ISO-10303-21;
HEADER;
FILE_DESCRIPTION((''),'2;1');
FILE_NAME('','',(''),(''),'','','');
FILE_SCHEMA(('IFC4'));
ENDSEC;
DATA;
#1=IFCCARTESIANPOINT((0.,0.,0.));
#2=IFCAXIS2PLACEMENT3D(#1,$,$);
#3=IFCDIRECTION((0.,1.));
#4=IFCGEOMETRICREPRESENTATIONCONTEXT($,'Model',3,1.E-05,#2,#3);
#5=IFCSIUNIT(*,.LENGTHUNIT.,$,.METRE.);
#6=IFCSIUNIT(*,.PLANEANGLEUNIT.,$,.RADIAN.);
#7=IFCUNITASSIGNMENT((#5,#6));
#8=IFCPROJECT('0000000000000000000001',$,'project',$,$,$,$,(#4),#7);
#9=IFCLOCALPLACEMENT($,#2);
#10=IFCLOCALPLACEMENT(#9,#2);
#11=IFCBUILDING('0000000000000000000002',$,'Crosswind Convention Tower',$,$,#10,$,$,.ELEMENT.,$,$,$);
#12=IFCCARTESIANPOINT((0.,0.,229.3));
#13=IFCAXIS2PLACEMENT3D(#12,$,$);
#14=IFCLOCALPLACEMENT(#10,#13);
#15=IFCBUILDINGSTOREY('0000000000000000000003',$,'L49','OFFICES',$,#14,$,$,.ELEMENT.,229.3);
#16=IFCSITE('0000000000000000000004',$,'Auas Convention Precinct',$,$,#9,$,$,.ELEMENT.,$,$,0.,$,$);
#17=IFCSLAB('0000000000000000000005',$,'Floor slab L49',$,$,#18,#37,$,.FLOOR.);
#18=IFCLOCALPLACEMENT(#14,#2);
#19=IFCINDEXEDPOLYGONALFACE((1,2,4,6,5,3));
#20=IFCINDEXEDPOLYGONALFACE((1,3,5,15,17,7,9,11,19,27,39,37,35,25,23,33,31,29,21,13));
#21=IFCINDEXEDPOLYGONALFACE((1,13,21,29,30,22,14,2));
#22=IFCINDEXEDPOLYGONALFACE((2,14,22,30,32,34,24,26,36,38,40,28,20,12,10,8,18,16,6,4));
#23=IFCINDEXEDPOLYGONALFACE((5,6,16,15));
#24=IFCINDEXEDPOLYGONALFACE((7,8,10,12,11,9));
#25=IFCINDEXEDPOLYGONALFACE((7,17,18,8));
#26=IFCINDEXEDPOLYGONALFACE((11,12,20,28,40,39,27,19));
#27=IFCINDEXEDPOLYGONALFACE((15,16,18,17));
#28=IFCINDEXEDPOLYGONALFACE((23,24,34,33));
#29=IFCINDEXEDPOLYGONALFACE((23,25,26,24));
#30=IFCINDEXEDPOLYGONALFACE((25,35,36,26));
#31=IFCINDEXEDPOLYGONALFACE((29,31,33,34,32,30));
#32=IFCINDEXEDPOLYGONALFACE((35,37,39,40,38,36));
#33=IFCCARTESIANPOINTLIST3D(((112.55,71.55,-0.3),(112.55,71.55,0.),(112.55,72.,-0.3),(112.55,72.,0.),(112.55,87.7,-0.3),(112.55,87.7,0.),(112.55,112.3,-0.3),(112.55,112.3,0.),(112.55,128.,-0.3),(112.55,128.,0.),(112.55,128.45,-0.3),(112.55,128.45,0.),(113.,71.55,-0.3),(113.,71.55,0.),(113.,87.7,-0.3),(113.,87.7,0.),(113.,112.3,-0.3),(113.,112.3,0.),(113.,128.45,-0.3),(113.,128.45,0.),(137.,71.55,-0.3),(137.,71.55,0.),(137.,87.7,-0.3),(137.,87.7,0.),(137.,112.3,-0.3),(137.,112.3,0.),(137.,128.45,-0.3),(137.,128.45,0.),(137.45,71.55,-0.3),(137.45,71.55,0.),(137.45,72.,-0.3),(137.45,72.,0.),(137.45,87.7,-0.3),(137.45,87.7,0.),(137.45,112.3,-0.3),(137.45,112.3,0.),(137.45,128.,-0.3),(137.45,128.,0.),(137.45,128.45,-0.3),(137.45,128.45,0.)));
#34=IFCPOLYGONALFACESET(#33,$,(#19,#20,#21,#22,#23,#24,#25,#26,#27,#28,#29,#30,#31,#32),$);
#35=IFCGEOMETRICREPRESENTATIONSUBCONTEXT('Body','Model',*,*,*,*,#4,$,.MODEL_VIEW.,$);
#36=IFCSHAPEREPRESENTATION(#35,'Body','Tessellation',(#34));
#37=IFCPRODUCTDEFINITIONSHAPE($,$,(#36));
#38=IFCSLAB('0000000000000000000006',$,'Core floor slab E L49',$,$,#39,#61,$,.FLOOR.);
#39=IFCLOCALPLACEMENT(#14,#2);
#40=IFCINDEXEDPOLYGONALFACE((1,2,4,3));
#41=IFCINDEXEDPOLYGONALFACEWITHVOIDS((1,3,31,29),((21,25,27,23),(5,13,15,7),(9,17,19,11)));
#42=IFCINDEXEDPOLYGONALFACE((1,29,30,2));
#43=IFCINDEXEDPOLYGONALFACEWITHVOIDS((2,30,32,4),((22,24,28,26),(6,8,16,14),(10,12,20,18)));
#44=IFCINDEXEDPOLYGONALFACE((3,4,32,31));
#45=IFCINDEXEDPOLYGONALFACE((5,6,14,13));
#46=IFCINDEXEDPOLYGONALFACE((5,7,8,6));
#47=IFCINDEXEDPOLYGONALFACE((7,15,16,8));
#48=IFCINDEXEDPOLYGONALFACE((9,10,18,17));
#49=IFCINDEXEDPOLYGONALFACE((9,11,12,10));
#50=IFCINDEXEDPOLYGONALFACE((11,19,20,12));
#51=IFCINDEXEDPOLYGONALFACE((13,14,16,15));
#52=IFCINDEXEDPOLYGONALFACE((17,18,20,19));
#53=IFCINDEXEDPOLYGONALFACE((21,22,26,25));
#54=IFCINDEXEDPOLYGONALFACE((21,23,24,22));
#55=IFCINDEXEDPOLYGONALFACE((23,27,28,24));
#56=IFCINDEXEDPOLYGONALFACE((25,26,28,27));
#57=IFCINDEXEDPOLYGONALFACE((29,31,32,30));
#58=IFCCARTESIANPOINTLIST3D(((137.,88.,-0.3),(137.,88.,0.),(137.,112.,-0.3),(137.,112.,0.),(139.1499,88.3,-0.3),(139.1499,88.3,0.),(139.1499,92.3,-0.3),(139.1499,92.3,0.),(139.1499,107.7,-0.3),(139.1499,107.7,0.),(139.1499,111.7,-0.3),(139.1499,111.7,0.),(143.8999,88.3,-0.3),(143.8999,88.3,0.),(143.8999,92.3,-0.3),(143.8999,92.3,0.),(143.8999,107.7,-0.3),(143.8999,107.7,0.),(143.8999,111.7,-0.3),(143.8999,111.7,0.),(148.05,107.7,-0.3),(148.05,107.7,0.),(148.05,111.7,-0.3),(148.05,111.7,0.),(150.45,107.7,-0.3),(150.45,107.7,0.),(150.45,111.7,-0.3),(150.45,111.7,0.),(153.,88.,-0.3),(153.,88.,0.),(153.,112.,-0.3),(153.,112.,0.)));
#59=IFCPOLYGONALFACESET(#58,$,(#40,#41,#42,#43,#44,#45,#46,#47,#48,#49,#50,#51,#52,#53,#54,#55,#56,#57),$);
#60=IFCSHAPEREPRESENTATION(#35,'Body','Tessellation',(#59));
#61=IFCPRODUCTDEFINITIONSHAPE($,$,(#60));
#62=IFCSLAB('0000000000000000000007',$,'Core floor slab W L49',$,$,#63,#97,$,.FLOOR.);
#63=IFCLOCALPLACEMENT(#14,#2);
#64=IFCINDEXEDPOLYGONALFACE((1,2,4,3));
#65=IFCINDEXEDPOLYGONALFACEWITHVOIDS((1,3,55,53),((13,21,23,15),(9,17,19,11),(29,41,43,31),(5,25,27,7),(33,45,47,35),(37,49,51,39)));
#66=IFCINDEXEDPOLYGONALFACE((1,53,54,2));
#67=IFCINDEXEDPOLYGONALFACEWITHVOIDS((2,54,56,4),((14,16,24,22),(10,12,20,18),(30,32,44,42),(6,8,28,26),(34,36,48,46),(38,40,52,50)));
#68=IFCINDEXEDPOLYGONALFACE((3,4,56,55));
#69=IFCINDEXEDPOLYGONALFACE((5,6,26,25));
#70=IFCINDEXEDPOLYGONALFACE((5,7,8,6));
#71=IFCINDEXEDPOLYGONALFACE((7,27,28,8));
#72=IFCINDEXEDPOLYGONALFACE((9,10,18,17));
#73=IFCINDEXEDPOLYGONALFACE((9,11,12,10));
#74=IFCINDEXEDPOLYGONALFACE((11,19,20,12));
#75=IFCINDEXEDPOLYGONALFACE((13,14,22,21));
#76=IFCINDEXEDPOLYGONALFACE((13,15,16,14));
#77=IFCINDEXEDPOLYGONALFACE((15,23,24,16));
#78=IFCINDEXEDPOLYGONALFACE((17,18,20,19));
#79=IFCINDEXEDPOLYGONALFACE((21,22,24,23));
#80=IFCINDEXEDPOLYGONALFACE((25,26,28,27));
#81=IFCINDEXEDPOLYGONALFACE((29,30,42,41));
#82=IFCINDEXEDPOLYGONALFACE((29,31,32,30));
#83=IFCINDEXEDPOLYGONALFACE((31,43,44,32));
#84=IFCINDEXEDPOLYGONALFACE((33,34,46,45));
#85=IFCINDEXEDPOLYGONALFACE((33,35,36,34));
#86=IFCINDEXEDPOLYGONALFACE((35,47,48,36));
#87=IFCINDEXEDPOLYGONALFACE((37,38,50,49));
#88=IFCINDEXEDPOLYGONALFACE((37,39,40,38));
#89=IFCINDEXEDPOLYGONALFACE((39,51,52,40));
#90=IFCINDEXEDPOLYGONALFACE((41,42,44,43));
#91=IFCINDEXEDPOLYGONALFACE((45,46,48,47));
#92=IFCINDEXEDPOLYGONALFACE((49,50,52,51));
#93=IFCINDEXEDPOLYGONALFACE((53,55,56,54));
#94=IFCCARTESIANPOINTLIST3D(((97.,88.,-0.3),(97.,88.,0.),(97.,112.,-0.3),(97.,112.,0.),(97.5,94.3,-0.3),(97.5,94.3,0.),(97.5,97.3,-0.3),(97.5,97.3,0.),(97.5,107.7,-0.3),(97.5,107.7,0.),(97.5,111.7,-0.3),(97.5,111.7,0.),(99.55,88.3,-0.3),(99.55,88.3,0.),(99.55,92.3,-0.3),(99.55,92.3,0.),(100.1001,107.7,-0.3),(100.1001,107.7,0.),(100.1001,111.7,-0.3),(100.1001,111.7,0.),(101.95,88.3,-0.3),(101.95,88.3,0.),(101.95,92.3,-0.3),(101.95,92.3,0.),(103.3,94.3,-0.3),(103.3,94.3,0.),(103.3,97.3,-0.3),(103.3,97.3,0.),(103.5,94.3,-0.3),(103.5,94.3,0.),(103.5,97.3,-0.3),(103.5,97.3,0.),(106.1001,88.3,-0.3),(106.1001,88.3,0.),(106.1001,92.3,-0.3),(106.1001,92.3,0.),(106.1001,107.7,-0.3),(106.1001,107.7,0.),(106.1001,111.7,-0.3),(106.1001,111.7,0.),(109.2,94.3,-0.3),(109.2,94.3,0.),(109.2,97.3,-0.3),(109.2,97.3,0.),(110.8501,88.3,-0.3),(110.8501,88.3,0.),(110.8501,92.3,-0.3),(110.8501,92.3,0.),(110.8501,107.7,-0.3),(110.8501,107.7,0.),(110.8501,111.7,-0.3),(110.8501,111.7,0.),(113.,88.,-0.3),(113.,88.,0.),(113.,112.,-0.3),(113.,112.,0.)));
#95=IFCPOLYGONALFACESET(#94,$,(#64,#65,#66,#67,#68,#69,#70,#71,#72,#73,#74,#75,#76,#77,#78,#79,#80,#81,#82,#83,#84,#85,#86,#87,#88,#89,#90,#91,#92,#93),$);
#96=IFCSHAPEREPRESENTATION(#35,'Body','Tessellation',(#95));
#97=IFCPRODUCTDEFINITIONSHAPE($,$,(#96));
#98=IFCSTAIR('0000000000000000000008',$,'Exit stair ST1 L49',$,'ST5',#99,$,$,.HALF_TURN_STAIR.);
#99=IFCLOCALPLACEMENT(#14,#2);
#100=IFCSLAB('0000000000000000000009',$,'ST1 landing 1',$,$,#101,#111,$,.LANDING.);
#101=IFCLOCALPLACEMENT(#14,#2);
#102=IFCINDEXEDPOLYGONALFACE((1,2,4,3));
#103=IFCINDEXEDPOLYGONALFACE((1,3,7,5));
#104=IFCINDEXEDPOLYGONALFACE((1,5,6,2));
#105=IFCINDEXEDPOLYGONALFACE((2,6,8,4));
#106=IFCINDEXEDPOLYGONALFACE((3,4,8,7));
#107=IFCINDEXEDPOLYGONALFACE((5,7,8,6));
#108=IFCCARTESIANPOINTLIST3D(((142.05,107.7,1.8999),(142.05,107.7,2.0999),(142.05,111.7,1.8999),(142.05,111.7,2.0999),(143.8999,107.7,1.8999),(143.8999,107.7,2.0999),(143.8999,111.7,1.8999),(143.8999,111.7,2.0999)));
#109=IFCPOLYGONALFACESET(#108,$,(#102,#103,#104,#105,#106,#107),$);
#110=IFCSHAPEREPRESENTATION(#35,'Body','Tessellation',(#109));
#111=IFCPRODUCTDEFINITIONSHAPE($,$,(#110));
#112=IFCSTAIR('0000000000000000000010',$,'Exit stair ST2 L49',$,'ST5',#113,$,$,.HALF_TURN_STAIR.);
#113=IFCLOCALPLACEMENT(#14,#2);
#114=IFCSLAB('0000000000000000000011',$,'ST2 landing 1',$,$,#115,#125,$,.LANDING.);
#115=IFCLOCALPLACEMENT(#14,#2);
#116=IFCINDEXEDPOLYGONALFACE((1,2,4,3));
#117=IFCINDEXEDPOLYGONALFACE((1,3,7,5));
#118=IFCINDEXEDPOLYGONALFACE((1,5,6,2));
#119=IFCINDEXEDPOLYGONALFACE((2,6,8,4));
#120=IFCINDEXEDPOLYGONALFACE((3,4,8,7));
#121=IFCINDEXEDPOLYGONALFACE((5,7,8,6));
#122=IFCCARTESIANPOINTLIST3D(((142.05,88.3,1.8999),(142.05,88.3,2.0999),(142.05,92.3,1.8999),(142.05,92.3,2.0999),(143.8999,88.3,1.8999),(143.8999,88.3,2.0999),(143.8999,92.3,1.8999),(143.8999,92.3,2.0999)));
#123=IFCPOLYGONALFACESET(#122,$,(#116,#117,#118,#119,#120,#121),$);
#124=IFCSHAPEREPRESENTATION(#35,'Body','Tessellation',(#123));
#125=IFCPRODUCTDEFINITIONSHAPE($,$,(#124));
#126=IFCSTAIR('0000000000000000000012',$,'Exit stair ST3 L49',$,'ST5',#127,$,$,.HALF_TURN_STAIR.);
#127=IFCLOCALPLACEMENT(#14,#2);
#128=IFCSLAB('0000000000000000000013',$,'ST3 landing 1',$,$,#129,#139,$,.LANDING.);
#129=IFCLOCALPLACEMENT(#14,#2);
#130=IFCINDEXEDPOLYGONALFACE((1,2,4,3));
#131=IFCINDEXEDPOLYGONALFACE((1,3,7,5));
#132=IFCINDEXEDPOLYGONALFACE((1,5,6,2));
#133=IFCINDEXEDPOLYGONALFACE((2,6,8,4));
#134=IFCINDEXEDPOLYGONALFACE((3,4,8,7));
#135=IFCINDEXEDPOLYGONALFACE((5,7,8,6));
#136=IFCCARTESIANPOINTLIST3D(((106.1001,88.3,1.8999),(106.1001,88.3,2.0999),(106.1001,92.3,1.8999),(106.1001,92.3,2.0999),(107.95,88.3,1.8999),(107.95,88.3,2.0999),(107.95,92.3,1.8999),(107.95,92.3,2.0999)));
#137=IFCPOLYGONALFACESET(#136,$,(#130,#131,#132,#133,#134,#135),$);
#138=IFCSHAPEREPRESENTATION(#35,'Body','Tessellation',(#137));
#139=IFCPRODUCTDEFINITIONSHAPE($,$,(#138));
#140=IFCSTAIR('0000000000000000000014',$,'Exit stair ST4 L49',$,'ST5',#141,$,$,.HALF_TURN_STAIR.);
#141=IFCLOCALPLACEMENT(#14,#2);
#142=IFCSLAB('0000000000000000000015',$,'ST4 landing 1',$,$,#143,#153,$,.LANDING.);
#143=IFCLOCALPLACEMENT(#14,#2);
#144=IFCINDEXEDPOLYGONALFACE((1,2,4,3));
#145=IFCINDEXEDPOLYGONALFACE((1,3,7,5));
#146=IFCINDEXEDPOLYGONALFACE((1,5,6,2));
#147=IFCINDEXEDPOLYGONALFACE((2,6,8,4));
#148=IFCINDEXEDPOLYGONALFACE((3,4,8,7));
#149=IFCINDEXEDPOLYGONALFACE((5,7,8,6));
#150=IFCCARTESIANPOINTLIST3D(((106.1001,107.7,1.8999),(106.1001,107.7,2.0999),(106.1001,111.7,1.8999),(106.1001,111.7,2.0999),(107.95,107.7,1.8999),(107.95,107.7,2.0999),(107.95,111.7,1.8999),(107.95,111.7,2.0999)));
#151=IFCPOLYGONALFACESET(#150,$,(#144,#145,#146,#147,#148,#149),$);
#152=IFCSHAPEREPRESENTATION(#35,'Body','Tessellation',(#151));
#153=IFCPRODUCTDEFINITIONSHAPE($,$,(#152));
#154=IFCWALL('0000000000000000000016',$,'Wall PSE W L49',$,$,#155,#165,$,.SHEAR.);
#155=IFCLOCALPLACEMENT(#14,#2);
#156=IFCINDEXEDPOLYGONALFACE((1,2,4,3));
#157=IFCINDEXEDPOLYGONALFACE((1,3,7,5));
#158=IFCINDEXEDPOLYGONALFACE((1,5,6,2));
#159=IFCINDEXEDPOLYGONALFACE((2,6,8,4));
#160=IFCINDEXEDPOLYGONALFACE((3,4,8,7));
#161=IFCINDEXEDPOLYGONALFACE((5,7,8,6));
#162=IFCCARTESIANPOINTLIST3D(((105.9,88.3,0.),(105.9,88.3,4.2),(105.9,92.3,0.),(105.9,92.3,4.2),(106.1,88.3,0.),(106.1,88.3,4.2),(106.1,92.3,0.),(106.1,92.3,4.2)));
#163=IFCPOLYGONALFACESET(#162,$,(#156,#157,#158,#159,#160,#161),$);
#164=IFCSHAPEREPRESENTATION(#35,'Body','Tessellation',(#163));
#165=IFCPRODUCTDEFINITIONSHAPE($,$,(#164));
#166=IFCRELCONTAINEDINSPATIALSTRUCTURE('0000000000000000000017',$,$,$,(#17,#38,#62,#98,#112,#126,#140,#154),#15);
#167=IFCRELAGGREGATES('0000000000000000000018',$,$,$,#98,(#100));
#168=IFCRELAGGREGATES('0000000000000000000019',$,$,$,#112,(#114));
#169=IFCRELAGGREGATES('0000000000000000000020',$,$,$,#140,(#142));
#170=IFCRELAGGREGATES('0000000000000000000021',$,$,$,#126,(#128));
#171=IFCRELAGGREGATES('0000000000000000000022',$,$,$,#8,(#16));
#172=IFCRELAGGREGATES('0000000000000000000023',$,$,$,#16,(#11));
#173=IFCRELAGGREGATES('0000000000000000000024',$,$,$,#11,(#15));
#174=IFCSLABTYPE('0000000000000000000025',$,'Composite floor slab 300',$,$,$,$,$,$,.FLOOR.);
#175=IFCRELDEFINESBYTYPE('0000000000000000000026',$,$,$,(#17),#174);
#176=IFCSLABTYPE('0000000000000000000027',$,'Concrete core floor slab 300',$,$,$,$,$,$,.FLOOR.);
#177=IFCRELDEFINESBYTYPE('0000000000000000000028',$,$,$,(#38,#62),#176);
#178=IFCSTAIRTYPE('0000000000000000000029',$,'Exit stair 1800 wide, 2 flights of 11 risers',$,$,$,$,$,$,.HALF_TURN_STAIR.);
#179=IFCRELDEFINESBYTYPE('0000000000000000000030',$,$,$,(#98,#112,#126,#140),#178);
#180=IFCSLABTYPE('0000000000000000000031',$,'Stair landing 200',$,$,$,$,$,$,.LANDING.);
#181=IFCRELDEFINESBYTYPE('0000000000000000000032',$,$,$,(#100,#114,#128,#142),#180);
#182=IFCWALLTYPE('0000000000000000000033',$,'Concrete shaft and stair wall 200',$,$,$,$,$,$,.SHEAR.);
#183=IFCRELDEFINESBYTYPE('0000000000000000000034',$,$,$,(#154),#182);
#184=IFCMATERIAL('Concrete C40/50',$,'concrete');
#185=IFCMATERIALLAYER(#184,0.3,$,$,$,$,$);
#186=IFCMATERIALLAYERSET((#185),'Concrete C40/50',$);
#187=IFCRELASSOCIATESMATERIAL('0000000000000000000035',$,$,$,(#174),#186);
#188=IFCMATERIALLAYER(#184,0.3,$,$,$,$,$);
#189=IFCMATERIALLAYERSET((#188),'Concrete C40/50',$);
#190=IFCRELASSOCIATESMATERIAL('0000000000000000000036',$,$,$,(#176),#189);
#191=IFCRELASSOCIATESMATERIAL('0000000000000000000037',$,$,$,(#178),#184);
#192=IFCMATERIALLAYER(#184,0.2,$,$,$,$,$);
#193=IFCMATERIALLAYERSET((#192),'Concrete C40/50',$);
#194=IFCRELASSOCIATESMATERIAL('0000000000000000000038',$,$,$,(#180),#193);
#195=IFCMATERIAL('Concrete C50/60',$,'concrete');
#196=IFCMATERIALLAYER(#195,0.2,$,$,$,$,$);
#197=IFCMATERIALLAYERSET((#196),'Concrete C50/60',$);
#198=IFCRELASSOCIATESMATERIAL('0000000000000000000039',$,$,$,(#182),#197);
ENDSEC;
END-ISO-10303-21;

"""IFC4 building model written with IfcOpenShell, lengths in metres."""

from ifc_helpers import new_model, si_unit, direction, frame, frame_2d, origin, place, context, subcontext, project, spatial, polyline, rectangle, outline, extrude, material, layer, layer_set, type_object, element, aggregate, save


model = new_model("IFC4")

# Units and contexts
model_context = context("Model", 3, precision=1e-05, world=origin(), true_north=direction((0.0, 1.0)))
body_context = subcontext(model_context, "Body", "Model", "MODEL_VIEW")
ifc_project = project(units=[si_unit("LENGTHUNIT", "METRE"), si_unit("PLANEANGLEUNIT", "RADIAN")], contexts=[model_context])

# Site, building, storey
site_placement = place(None, origin())
site = spatial("IfcSite", under=ifc_project, at=site_placement, Name="Auas Convention Precinct", CompositionType="ELEMENT", RefElevation=0.0)
building_placement = place(site_placement, origin())
building = spatial("IfcBuilding", under=site, at=building_placement, Name="Crosswind Convention Tower", CompositionType="ELEMENT")
storey_placement = place(building_placement, frame((0.0, 0.0, 229.3)))
storey = spatial("IfcBuildingStorey", under=building, at=storey_placement, Name="L49", Description="OFFICES", CompositionType="ELEMENT", Elevation=229.3)

# Slabs
ifc_material_1 = material(Name="Concrete C40/50", Category="concrete")
ifc_layer_1 = layer(ifc_material_1, 0.3)
ifc_layer_set_1 = layer_set([ifc_layer_1], Name="Concrete C40/50")
slab_type_1 = type_object("IfcSlabType", Name="Composite floor slab 300", PredefinedType="FLOOR", material=ifc_layer_set_1)
slab_1_placement = place(storey_placement, frame((0.0, 0.0, -0.3)))
element("IfcSlab", 1, at=slab_1_placement, inside=storey, type_object=slab_type_1, Name="Floor slab L49", PredefinedType="FLOOR", context=body_context, shape_type="SweptSolid", body=[
    extrude(outline(polyline([(137.45, 71.55), (137.0, 71.55), (113.0, 71.55), (112.55, 71.55), (112.55, 72.0), (112.55, 87.7), (113.0, 87.7), (113.0, 112.3), (112.55, 112.3), (112.55, 128.0), (112.55, 128.45), (113.0, 128.45), (137.0, 128.45), (137.45, 128.45), (137.45, 128.0), (137.45, 112.3), (137.0, 112.3), (137.0, 87.7), (137.45, 87.7), (137.45, 72.0), (137.45, 71.55)])), origin(), (0.0, 0.0, 1.0), 0.3),
])
ifc_layer_2 = layer(ifc_material_1, 0.3)
ifc_layer_set_2 = layer_set([ifc_layer_2], Name="Concrete C40/50")
slab_type_2 = type_object("IfcSlabType", Name="Concrete core floor slab 300", PredefinedType="FLOOR", material=ifc_layer_set_2)
slab_2_placement = place(storey_placement, frame((0.0, 0.0, -0.3)))
element("IfcSlab", 2, at=slab_2_placement, inside=storey, type_object=slab_type_2, Name="Core floor slab E L49", PredefinedType="FLOOR", context=body_context, shape_type="SweptSolid", body=[
    extrude(outline(polyline([(137.0, 88.0), (153.0, 88.0), (153.0, 112.0), (137.0, 112.0), (137.0, 88.0)]), holes=[polyline([(150.45, 107.7), (150.45, 111.7), (148.05, 111.7), (148.05, 107.7), (150.45, 107.7)]), polyline([(143.8999, 107.7), (143.8999, 111.7), (139.1499, 111.7), (139.1499, 107.7), (143.8999, 107.7)]), polyline([(143.8999, 88.3), (143.8999, 92.3), (139.1499, 92.3), (139.1499, 88.3), (143.8999, 88.3)])]), origin(), (0.0, 0.0, 1.0), 0.3),
])
slab_3_placement = place(storey_placement, frame((0.0, 0.0, -0.3)))
element("IfcSlab", 3, at=slab_3_placement, inside=storey, type_object=slab_type_2, Name="Core floor slab W L49", PredefinedType="FLOOR", context=body_context, shape_type="SweptSolid", body=[
    extrude(outline(polyline([(97.0, 88.0), (113.0, 88.0), (113.0, 112.0), (97.0, 112.0), (97.0, 88.0)]), holes=[polyline([(109.2, 94.3), (109.2, 97.3), (103.5, 97.3), (103.5, 94.3), (109.2, 94.3)]), polyline([(103.3, 94.3), (103.3, 97.3), (97.5, 97.3), (97.5, 94.3), (103.3, 94.3)]), polyline([(101.95, 88.3), (101.95, 92.3), (99.55, 92.3), (99.55, 88.3), (101.95, 88.3)]), polyline([(100.1001, 107.7), (100.1001, 111.7), (97.5, 111.7), (97.5, 107.7), (100.1001, 107.7)]), polyline([(110.8501, 88.3), (110.8501, 92.3), (106.1001, 92.3), (106.1001, 88.3), (110.8501, 88.3)]), polyline([(110.8501, 107.7), (110.8501, 111.7), (106.1001, 111.7), (106.1001, 107.7), (110.8501, 107.7)])]), origin(), (0.0, 0.0, 1.0), 0.3),
])

# Stairs, slabs
stair_type = type_object("IfcStairType", Name="Exit stair 1800 wide, 2 flights of 11 risers", PredefinedType="HALF_TURN_STAIR", material=ifc_material_1)
stair_1_placement = place(storey_placement, origin())
stair_1 = element("IfcStair", 4, at=stair_1_placement, inside=storey, type_object=stair_type, Name="Exit stair ST1 L49", ObjectType="ST5", PredefinedType="HALF_TURN_STAIR")
ifc_layer_3 = layer(ifc_material_1, 0.2)
ifc_layer_set_3 = layer_set([ifc_layer_3], Name="Concrete C40/50")
slab_type_3 = type_object("IfcSlabType", Name="Stair landing 200", PredefinedType="LANDING", material=ifc_layer_set_3)
slab_4_placement = place(storey_placement, frame((0.0, 0.0, 1.8999)))
slab_4 = element("IfcSlab", 5, at=slab_4_placement, type_object=slab_type_3, Name="ST1 landing 1", PredefinedType="LANDING", context=body_context, shape_type="SweptSolid", body=[
    extrude(outline(polyline([(143.8999, 107.7), (143.8999, 111.7), (142.05, 111.7), (142.05, 107.7), (143.8999, 107.7)])), origin(), (0.0, 0.0, 1.0), 0.2),
])
aggregate(stair_1, [slab_4])
stair_2_placement = place(storey_placement, origin())
stair_2 = element("IfcStair", 6, at=stair_2_placement, inside=storey, type_object=stair_type, Name="Exit stair ST2 L49", ObjectType="ST5", PredefinedType="HALF_TURN_STAIR")
slab_5_placement = place(storey_placement, frame((0.0, 0.0, 1.8999)))
slab_5 = element("IfcSlab", 7, at=slab_5_placement, type_object=slab_type_3, Name="ST2 landing 1", PredefinedType="LANDING", context=body_context, shape_type="SweptSolid", body=[
    extrude(outline(polyline([(143.8999, 88.3), (143.8999, 92.3), (142.05, 92.3), (142.05, 88.3), (143.8999, 88.3)])), origin(), (0.0, 0.0, 1.0), 0.2),
])
aggregate(stair_2, [slab_5])
stair_3_placement = place(storey_placement, origin())
stair_3 = element("IfcStair", 8, at=stair_3_placement, inside=storey, type_object=stair_type, Name="Exit stair ST3 L49", ObjectType="ST5", PredefinedType="HALF_TURN_STAIR")
slab_6_placement = place(storey_placement, frame((0.0, 0.0, 1.8999)))
slab_6 = element("IfcSlab", 9, at=slab_6_placement, type_object=slab_type_3, Name="ST3 landing 1", PredefinedType="LANDING", context=body_context, shape_type="SweptSolid", body=[
    extrude(outline(polyline([(107.95, 88.3), (107.95, 92.3), (106.1001, 92.3), (106.1001, 88.3), (107.95, 88.3)])), origin(), (0.0, 0.0, 1.0), 0.2),
])
stair_4_placement = place(storey_placement, origin())
stair_4 = element("IfcStair", 10, at=stair_4_placement, inside=storey, type_object=stair_type, Name="Exit stair ST4 L49", ObjectType="ST5", PredefinedType="HALF_TURN_STAIR")
slab_7_placement = place(storey_placement, frame((0.0, 0.0, 1.8999)))
slab_7 = element("IfcSlab", 11, at=slab_7_placement, type_object=slab_type_3, Name="ST4 landing 1", PredefinedType="LANDING", context=body_context, shape_type="SweptSolid", body=[
    extrude(outline(polyline([(107.95, 107.7), (107.95, 111.7), (106.1001, 111.7), (106.1001, 107.7), (107.95, 107.7)])), origin(), (0.0, 0.0, 1.0), 0.2),
])
aggregate(stair_4, [slab_7])

# Wall
ifc_material_2 = material(Name="Concrete C50/60", Category="concrete")
ifc_layer_4 = layer(ifc_material_2, 0.2)
ifc_layer_set_4 = layer_set([ifc_layer_4], Name="Concrete C50/60")
wall_type_1 = type_object("IfcWallType", Name="Concrete shaft and stair wall 200", PredefinedType="SHEAR", material=ifc_layer_set_4)
wall_1_placement = place(storey_placement, frame((106.0, 92.3, 0.0), z_axis=(0.0, 0.0, 1.0), x_axis=(0.0, -1.0, 0.0)))
element("IfcWall", 12, at=wall_1_placement, inside=storey, type_object=wall_type_1, Name="Wall PSE W L49", PredefinedType="SHEAR", context=body_context, shape_type="SweptSolid", body=[
    extrude(rectangle(XDim=4.0, YDim=0.2, at=frame_2d((2.0, 0.0))), origin(), (0.0, 0.0, 1.0), 4.2),
])

aggregate(stair_3, [slab_6])

save(model, "model.ifc")
